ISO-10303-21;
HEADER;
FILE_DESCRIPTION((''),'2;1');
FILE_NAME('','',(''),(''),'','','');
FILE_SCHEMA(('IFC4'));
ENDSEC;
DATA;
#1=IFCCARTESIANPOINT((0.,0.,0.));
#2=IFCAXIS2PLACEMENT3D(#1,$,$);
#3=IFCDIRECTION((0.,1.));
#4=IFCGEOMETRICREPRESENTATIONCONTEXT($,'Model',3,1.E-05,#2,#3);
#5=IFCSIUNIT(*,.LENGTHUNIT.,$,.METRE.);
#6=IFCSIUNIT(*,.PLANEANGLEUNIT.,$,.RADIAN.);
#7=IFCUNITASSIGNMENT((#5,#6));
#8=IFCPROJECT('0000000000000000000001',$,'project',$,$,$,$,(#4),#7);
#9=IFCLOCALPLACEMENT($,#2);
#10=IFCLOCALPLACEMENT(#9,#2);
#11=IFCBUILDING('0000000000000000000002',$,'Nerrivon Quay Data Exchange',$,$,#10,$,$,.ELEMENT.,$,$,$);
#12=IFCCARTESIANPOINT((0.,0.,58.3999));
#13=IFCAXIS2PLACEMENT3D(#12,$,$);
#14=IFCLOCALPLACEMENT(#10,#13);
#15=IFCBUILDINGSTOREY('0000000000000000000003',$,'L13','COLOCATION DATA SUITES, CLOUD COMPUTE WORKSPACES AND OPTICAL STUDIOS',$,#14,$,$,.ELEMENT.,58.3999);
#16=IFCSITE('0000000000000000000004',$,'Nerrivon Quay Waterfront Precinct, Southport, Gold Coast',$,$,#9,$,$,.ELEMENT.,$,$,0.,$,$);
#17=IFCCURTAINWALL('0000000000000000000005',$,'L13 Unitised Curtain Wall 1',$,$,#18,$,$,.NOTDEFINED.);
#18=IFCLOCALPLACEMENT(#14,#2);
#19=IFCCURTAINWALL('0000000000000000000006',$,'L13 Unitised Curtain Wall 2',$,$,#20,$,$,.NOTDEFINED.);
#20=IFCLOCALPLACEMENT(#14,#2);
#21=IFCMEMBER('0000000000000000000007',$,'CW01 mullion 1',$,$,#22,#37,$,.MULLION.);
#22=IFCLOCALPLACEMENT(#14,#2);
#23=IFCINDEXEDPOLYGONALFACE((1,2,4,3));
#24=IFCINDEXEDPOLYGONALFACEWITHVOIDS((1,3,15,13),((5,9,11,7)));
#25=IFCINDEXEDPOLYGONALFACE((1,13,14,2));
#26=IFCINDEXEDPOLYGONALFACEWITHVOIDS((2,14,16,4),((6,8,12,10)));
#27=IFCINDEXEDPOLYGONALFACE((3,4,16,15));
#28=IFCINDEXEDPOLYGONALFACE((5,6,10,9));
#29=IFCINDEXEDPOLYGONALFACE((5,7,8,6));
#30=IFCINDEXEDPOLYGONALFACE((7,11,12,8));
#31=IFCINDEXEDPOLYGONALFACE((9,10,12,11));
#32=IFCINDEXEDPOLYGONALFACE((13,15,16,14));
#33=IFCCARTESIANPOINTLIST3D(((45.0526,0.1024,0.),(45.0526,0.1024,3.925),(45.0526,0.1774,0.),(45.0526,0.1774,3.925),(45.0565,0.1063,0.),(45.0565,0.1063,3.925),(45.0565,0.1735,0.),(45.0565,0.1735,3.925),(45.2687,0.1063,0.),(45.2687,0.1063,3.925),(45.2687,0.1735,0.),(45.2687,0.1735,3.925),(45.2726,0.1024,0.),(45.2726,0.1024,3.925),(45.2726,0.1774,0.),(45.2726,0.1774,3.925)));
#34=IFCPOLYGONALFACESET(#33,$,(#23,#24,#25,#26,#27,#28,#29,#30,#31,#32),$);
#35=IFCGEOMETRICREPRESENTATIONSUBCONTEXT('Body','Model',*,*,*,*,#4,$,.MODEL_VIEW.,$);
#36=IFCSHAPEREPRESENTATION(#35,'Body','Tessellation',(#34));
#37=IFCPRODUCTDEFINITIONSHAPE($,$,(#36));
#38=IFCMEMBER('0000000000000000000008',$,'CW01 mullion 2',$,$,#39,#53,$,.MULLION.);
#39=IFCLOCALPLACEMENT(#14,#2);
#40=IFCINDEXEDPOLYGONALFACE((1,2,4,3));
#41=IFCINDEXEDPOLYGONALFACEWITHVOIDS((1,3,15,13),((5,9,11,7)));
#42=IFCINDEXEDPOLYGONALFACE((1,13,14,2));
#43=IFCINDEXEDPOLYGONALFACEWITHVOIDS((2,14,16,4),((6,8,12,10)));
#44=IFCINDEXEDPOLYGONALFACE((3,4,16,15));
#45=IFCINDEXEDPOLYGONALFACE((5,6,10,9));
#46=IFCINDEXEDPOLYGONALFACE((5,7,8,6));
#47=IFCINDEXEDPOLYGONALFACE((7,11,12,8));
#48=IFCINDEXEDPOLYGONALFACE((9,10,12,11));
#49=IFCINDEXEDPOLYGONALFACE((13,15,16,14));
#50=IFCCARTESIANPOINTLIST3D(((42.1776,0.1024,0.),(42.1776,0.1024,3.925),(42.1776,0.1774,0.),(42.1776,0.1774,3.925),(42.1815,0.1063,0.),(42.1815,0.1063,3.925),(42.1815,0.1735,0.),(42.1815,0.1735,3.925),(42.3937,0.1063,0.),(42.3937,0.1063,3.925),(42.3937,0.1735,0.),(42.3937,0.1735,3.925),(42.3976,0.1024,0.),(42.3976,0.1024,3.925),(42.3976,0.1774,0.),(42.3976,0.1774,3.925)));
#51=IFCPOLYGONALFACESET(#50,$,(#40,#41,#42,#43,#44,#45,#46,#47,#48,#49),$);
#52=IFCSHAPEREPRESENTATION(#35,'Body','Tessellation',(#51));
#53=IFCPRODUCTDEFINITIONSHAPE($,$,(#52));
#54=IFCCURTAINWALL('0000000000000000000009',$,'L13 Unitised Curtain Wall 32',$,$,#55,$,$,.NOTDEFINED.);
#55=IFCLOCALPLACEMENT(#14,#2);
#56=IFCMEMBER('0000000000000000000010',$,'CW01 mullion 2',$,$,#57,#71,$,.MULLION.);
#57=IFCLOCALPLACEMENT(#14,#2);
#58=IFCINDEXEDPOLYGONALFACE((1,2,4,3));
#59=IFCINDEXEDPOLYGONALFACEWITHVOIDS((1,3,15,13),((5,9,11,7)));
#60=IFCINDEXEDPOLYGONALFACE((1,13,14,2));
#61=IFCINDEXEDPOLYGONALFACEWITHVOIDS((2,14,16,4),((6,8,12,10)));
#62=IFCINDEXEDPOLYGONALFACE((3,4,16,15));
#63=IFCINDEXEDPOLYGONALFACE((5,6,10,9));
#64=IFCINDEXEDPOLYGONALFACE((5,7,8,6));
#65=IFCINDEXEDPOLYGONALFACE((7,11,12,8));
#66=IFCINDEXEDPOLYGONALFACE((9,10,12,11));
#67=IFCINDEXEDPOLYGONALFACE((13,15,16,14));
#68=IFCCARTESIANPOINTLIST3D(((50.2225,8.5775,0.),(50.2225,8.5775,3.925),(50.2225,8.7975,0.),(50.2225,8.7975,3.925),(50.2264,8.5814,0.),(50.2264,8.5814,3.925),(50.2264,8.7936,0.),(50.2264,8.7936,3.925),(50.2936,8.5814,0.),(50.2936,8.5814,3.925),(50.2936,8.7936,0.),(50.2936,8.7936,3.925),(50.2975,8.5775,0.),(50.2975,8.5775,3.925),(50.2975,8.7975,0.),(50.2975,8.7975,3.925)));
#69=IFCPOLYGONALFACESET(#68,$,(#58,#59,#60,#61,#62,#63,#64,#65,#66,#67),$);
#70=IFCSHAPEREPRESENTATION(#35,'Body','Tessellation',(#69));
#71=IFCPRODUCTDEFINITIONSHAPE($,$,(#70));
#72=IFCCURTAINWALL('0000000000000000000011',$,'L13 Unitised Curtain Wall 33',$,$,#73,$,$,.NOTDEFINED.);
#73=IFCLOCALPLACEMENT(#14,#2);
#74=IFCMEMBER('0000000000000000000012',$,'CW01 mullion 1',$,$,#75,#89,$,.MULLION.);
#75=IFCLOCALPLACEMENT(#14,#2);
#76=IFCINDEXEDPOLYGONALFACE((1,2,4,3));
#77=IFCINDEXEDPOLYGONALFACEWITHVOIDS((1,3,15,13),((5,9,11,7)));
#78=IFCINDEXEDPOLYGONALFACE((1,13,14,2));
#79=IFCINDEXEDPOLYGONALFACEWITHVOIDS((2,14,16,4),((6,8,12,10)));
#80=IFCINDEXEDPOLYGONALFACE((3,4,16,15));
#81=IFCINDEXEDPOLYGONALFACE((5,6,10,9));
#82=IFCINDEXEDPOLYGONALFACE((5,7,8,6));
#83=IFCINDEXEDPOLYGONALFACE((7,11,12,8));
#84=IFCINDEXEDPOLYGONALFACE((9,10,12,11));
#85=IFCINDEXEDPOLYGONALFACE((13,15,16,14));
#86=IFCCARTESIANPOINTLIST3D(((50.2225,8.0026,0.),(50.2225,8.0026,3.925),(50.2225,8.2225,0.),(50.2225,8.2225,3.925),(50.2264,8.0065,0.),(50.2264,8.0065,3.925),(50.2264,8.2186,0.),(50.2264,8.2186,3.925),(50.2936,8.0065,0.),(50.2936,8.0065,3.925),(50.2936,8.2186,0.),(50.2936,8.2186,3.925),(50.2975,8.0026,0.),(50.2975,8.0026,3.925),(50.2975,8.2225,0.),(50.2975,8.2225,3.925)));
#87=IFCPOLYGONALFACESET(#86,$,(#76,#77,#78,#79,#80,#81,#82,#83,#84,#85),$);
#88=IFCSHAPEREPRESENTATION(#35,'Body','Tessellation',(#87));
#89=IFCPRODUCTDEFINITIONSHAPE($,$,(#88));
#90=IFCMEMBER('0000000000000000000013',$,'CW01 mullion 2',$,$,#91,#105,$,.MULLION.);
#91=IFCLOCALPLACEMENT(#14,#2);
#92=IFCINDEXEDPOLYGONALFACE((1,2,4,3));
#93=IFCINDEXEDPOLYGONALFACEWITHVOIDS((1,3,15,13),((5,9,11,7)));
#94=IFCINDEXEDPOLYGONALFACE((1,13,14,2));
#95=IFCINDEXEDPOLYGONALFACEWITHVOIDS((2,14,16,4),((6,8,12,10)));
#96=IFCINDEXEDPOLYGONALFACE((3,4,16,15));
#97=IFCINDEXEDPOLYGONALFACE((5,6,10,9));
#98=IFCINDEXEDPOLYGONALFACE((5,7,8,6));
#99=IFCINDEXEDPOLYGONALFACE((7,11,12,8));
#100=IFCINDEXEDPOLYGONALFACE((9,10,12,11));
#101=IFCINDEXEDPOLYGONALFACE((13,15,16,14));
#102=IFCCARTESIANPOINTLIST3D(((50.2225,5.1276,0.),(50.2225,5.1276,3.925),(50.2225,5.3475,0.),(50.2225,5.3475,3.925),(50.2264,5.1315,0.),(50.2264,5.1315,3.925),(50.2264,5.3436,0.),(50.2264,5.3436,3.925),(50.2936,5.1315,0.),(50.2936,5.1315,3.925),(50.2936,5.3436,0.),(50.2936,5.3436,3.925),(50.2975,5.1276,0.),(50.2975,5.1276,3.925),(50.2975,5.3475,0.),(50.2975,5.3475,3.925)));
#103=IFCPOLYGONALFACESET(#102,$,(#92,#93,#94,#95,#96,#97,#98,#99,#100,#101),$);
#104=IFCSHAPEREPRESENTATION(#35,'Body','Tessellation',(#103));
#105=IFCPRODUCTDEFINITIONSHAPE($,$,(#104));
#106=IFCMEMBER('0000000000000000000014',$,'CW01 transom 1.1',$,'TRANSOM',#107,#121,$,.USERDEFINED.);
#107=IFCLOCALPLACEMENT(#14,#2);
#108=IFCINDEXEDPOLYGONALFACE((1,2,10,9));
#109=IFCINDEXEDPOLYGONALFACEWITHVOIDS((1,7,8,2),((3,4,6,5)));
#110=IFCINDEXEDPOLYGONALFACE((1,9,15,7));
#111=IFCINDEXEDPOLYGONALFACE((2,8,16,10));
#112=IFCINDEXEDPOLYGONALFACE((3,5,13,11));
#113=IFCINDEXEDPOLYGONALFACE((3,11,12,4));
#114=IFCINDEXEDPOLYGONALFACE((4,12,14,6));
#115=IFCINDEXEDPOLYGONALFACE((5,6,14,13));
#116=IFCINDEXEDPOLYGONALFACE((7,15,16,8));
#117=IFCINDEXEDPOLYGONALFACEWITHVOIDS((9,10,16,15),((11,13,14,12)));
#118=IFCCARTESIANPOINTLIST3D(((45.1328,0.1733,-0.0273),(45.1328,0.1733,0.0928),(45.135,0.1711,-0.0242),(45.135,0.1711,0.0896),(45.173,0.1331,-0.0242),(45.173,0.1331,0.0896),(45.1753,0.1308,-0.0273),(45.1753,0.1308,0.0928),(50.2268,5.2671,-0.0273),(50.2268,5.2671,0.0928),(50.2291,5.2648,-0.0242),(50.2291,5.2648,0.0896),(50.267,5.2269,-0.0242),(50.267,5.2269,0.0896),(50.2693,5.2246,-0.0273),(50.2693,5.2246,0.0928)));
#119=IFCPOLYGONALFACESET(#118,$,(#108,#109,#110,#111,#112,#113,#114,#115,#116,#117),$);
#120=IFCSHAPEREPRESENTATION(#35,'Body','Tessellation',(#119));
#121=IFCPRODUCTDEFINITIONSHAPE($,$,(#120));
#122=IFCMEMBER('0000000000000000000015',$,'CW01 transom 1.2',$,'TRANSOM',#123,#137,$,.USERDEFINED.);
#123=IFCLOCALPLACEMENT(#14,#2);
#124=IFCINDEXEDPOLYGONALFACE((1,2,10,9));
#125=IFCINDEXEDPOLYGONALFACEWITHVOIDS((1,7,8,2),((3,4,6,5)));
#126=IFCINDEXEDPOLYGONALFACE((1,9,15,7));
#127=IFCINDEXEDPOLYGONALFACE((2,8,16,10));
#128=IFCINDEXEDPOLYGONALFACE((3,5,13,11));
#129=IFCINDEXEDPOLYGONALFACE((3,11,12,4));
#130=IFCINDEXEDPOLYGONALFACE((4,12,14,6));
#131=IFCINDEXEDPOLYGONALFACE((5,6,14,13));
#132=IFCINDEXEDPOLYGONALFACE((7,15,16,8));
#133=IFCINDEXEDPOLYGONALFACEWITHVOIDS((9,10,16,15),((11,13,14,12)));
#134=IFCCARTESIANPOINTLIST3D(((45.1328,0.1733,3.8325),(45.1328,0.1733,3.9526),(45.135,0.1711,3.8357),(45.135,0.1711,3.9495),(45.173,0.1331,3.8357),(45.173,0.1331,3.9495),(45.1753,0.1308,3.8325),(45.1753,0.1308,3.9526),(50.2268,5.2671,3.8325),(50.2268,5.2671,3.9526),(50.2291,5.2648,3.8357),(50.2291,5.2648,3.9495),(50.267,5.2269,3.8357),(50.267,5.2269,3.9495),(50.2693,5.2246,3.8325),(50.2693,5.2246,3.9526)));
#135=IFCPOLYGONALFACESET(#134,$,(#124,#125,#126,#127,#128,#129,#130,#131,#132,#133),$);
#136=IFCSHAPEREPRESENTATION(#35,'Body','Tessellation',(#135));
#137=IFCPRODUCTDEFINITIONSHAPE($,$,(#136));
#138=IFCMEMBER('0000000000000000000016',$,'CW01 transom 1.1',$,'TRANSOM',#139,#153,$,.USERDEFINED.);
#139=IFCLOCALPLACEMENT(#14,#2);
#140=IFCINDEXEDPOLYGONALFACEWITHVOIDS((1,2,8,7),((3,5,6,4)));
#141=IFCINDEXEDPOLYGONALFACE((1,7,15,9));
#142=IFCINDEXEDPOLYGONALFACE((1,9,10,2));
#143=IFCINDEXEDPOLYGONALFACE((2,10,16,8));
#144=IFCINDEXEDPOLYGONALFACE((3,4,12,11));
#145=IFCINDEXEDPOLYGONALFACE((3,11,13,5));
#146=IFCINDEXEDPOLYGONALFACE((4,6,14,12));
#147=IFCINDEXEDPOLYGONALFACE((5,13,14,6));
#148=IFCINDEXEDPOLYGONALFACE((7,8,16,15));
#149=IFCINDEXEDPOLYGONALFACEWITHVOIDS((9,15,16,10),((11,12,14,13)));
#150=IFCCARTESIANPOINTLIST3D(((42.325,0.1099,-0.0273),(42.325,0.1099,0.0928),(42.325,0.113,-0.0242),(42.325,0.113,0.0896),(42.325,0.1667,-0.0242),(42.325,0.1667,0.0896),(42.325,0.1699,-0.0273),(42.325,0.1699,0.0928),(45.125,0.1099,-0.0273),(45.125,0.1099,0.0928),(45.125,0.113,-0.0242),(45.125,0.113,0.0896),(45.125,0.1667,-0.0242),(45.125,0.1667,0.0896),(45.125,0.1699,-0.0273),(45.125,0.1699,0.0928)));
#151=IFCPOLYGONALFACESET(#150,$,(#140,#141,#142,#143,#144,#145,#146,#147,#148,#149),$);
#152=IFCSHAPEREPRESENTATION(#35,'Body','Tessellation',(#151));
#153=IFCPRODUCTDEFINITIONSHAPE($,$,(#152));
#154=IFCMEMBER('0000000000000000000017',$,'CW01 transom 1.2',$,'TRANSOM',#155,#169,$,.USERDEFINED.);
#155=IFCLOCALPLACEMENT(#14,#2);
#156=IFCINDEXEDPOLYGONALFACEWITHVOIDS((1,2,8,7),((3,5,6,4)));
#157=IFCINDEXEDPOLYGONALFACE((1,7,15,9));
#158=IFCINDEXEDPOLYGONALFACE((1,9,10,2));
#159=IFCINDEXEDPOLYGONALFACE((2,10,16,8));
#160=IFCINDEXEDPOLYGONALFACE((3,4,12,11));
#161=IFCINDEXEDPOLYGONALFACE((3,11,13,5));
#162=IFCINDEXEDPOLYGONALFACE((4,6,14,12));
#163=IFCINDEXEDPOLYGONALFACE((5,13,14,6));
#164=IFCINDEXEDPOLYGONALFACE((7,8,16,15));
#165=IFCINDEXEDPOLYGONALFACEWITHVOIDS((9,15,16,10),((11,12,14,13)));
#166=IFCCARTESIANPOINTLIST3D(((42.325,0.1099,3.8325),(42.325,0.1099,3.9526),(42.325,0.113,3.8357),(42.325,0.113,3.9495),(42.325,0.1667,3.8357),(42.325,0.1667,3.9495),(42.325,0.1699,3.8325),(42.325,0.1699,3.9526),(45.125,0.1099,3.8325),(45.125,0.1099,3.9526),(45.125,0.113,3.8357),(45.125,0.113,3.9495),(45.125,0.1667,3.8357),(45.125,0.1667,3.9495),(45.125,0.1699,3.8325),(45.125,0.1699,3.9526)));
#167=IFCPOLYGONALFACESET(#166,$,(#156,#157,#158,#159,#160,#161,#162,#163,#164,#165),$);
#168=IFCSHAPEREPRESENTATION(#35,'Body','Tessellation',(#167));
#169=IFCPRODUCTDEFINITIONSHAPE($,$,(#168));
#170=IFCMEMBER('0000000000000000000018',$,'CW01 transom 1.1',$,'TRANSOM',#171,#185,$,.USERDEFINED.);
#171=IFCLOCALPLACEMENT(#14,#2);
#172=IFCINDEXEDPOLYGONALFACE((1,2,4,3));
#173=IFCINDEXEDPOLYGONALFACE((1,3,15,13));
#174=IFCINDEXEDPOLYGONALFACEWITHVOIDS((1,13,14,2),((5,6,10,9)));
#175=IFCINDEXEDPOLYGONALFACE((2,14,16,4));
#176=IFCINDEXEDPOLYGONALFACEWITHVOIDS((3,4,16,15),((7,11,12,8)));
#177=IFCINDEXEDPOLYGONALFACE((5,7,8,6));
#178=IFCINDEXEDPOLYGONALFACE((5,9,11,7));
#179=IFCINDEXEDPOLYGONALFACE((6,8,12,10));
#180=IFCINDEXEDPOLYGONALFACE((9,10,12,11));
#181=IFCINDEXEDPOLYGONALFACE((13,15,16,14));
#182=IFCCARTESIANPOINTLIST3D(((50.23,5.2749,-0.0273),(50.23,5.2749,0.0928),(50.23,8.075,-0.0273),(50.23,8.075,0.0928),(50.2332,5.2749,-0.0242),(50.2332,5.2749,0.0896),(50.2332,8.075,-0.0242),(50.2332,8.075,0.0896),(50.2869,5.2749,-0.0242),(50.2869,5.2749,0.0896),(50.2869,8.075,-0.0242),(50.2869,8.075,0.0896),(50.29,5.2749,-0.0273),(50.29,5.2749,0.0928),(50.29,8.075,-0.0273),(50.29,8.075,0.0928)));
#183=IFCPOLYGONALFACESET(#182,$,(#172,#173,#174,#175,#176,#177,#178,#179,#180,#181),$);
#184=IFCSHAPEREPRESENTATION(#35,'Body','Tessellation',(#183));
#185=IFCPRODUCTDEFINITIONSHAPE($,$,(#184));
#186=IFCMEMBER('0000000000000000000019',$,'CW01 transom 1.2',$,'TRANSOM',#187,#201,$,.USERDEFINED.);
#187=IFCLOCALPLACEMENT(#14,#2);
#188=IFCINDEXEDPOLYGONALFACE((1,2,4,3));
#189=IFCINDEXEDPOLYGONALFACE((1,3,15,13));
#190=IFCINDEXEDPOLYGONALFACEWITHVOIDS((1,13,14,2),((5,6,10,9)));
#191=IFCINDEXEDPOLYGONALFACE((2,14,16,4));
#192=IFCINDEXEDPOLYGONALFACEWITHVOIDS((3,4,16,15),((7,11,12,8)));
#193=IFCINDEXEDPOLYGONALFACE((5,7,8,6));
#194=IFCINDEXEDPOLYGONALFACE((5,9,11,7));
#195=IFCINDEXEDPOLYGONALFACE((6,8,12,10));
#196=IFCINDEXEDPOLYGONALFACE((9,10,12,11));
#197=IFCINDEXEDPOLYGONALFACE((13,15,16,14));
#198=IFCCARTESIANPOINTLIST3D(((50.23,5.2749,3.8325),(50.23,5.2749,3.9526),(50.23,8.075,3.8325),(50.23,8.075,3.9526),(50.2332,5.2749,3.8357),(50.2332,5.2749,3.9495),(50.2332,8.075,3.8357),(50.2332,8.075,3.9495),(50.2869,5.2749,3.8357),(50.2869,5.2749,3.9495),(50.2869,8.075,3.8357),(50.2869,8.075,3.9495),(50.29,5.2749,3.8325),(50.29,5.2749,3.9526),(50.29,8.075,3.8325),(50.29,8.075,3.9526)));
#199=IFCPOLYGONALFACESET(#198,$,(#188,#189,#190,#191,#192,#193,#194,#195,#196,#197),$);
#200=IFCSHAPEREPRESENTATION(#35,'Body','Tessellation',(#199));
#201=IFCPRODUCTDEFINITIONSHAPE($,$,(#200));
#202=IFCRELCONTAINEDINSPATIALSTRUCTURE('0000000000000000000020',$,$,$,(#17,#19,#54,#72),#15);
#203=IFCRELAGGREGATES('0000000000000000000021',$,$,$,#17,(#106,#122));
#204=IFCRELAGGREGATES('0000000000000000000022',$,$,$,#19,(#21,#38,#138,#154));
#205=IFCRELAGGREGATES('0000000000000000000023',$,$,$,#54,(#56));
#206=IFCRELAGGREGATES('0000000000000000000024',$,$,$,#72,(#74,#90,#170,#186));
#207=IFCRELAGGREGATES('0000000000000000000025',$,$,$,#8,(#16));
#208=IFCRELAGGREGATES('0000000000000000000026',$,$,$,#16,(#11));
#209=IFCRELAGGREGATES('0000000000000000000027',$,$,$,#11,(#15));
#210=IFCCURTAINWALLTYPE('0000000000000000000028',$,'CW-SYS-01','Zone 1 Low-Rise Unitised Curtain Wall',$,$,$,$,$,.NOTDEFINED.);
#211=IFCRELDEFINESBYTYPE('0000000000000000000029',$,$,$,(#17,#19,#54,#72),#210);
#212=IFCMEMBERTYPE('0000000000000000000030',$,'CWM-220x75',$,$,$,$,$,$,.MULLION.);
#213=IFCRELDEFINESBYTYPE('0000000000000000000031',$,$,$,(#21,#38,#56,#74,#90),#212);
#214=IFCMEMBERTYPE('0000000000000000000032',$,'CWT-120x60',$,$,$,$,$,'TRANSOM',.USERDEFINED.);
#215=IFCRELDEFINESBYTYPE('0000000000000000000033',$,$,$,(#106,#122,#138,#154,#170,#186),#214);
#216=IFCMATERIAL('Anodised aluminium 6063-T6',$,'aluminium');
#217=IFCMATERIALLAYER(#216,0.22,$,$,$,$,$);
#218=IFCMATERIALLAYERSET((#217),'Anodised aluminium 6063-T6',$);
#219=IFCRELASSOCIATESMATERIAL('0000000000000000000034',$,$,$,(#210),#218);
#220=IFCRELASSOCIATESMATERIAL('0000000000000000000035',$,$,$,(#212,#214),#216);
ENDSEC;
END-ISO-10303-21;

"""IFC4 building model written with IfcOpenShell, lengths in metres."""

from ifc_helpers import new_model, si_unit, direction, frame, origin, origin_2d, place, context, subcontext, project, spatial, hollow_rectangle, extrude, material, layer, layer_set, material_profile, profile_set, type_object, element, aggregate, save


model = new_model("IFC4")

# Units and contexts
model_context = context("Model", 3, precision=1e-05, world=origin(), true_north=direction((0.0, 1.0)))
body_context = subcontext(model_context, "Body", "Model", "MODEL_VIEW")
ifc_project = project(units=[si_unit("LENGTHUNIT", "METRE"), si_unit("PLANEANGLEUNIT", "RADIAN")], contexts=[model_context])

# Site, building, storey
site_placement = place(None, origin())
site = spatial("IfcSite", under=ifc_project, at=site_placement, Name="Nerrivon Quay Waterfront Precinct, Southport, Gold Coast", CompositionType="ELEMENT", RefElevation=0.0)
building_placement = place(site_placement, origin())
building = spatial("IfcBuilding", under=site, at=building_placement, Name="Nerrivon Quay Data Exchange", CompositionType="ELEMENT")
storey_placement = place(building_placement, frame((0.0, 0.0, 58.3999)))
storey = spatial("IfcBuildingStorey", under=building, at=storey_placement, Name="L13", Description="COLOCATION DATA SUITES, CLOUD COMPUTE WORKSPACES AND OPTICAL STUDIOS", CompositionType="ELEMENT", Elevation=58.3999)

# Curtain walls, members
ifc_material_1 = material(Name="Anodised aluminium 6063-T6", Category="aluminium")
ifc_layer_1 = layer(ifc_material_1, 0.22)
ifc_layer_set_1 = layer_set([ifc_layer_1], Name="Anodised aluminium 6063-T6")
curtain_wall_type = type_object("IfcCurtainWallType", Name="CW-SYS-01", Description="Zone 1 Low-Rise Unitised Curtain Wall", PredefinedType="NOTDEFINED", material=ifc_layer_set_1)
curtain_wall_1_placement = place(storey_placement, origin())
curtain_wall_1 = element("IfcCurtainWall", 1, at=curtain_wall_1_placement, inside=storey, type_object=curtain_wall_type, Name="L13 Unitised Curtain Wall 1", PredefinedType="NOTDEFINED")
ifc_material_profile_1 = material_profile(ifc_material_1, hollow_rectangle(XDim=0.075, YDim=0.22, WallThickness=0.0039, at=origin_2d()), Name="ALU-MULL-220x75")
ifc_profile_set_1 = profile_set([ifc_material_profile_1], Name="Anodised aluminium 6063-T6")
member_type_1 = type_object("IfcMemberType", Name="CWM-220x75", PredefinedType="MULLION", material=ifc_profile_set_1)
curtain_wall_2_placement = place(storey_placement, origin())
curtain_wall_2 = element("IfcCurtainWall", 2, at=curtain_wall_2_placement, inside=storey, type_object=curtain_wall_type, Name="L13 Unitised Curtain Wall 2", PredefinedType="NOTDEFINED")
member_1_placement = place(storey_placement, frame((45.1626, 0.1399, 0.0), z_axis=(0.0, 0.0, 1.0), x_axis=(0.0, -1.0, 0.0)))
member_1 = element("IfcMember", 3, at=member_1_placement, type_object=member_type_1, Name="CW01 mullion 1", PredefinedType="MULLION", context=body_context, shape_type="SweptSolid", body=[
    extrude(hollow_rectangle(XDim=0.075, YDim=0.22, WallThickness=0.0039, at=origin_2d()), origin(), (0.0, 0.0, 1.0), 3.925),
])
member_2_placement = place(storey_placement, frame((42.2876, 0.1399, 0.0), z_axis=(0.0, 0.0, 1.0), x_axis=(0.0, -1.0, 0.0)))
member_2 = element("IfcMember", 4, at=member_2_placement, type_object=member_type_1, Name="CW01 mullion 2", PredefinedType="MULLION", context=body_context, shape_type="SweptSolid", body=[
    extrude(hollow_rectangle(XDim=0.075, YDim=0.22, WallThickness=0.0039, at=origin_2d()), origin(), (0.0, 0.0, 1.0), 3.925),
])

# Curtain wall, member
curtain_wall_3_placement = place(storey_placement, origin())
curtain_wall_3 = element("IfcCurtainWall", 5, at=curtain_wall_3_placement, inside=storey, type_object=curtain_wall_type, Name="L13 Unitised Curtain Wall 32", PredefinedType="NOTDEFINED")
member_3_placement = place(storey_placement, frame((50.26, 8.6875, 0.0), z_axis=(0.0, 0.0, 1.0), x_axis=(1.0, 0.0, 0.0)))
member_3 = element("IfcMember", 6, at=member_3_placement, type_object=member_type_1, Name="CW01 mullion 2", PredefinedType="MULLION", context=body_context, shape_type="SweptSolid", body=[
    extrude(hollow_rectangle(XDim=0.075, YDim=0.22, WallThickness=0.0039, at=origin_2d()), origin(), (0.0, 0.0, 1.0), 3.925),
])

# Curtain wall, members
curtain_wall_4_placement = place(storey_placement, origin())
curtain_wall_4 = element("IfcCurtainWall", 7, at=curtain_wall_4_placement, inside=storey, type_object=curtain_wall_type, Name="L13 Unitised Curtain Wall 33", PredefinedType="NOTDEFINED")
member_4_placement = place(storey_placement, frame((50.26, 8.1125, 0.0), z_axis=(0.0, 0.0, 1.0), x_axis=(1.0, 0.0, 0.0)))
member_4 = element("IfcMember", 8, at=member_4_placement, type_object=member_type_1, Name="CW01 mullion 1", PredefinedType="MULLION", context=body_context, shape_type="SweptSolid", body=[
    extrude(hollow_rectangle(XDim=0.075, YDim=0.22, WallThickness=0.0039, at=origin_2d()), origin(), (0.0, 0.0, 1.0), 3.925),
])
member_5_placement = place(storey_placement, frame((50.26, 5.2375, 0.0), z_axis=(0.0, 0.0, 1.0), x_axis=(1.0, 0.0, 0.0)))
member_5 = element("IfcMember", 9, at=member_5_placement, type_object=member_type_1, Name="CW01 mullion 2", PredefinedType="MULLION", context=body_context, shape_type="SweptSolid", body=[
    extrude(hollow_rectangle(XDim=0.075, YDim=0.22, WallThickness=0.0039, at=origin_2d()), origin(), (0.0, 0.0, 1.0), 3.925),
])

# Members
ifc_material_profile_2 = material_profile(ifc_material_1, hollow_rectangle(XDim=0.0601, YDim=0.1201, WallThickness=0.0032, at=origin_2d()), Name="ALU-TRAN-120x60")
ifc_profile_set_2 = profile_set([ifc_material_profile_2], Name="Anodised aluminium 6063-T6")
member_type_2 = type_object("IfcMemberType", Name="CWT-120x60", ElementType="TRANSOM", PredefinedType="USERDEFINED", material=ifc_profile_set_2)
member_6_placement = place(storey_placement, frame((50.248, 5.2458, 0.0327), z_axis=(-0.707124, -0.70709, 0.0), x_axis=(0.70709, -0.707124, 0.0)))
member_6 = element("IfcMember", 10, at=member_6_placement, type_object=member_type_2, Name="CW01 transom 1.1", ObjectType="TRANSOM", PredefinedType="USERDEFINED", context=body_context, shape_type="SweptSolid", body=[
    extrude(hollow_rectangle(XDim=0.0601, YDim=0.1201, WallThickness=0.0032, at=origin_2d()), origin(), (0.0, 0.0, 1.0), 7.2039),
])
member_7_placement = place(storey_placement, frame((50.248, 5.2458, 3.8926), z_axis=(-0.707124, -0.70709, 0.0), x_axis=(0.70709, -0.707124, 0.0)))
member_7 = element("IfcMember", 11, at=member_7_placement, type_object=member_type_2, Name="CW01 transom 1.2", ObjectType="TRANSOM", PredefinedType="USERDEFINED", context=body_context, shape_type="SweptSolid", body=[
    extrude(hollow_rectangle(XDim=0.0601, YDim=0.1201, WallThickness=0.0032, at=origin_2d()), origin(), (0.0, 0.0, 1.0), 7.2039),
])
member_8_placement = place(storey_placement, frame((45.125, 0.1399, 0.0327), z_axis=(-1.0, 0.0, 0.0), x_axis=(0.0, -1.0, 0.0)))
member_8 = element("IfcMember", 12, at=member_8_placement, type_object=member_type_2, Name="CW01 transom 1.1", ObjectType="TRANSOM", PredefinedType="USERDEFINED", context=body_context, shape_type="SweptSolid", body=[
    extrude(hollow_rectangle(XDim=0.0601, YDim=0.1201, WallThickness=0.0032, at=origin_2d()), origin(), (0.0, 0.0, 1.0), 2.8),
])
member_9_placement = place(storey_placement, frame((45.125, 0.1399, 3.8926), z_axis=(-1.0, 0.0, 0.0), x_axis=(0.0, -1.0, 0.0)))
member_9 = element("IfcMember", 13, at=member_9_placement, type_object=member_type_2, Name="CW01 transom 1.2", ObjectType="TRANSOM", PredefinedType="USERDEFINED", context=body_context, shape_type="SweptSolid", body=[
    extrude(hollow_rectangle(XDim=0.0601, YDim=0.1201, WallThickness=0.0032, at=origin_2d()), origin(), (0.0, 0.0, 1.0), 2.8),
])
member_10_placement = place(storey_placement, frame((50.26, 8.075, 0.0327), z_axis=(0.0, -1.0, 0.0), x_axis=(1.0, 0.0, 0.0)))
member_10 = element("IfcMember", 14, at=member_10_placement, type_object=member_type_2, Name="CW01 transom 1.1", ObjectType="TRANSOM", PredefinedType="USERDEFINED", context=body_context, shape_type="SweptSolid", body=[
    extrude(hollow_rectangle(XDim=0.0601, YDim=0.1201, WallThickness=0.0032, at=origin_2d()), origin(), (0.0, 0.0, 1.0), 2.8),
])
member_11_placement = place(storey_placement, frame((50.26, 8.075, 3.8926), z_axis=(0.0, -1.0, 0.0), x_axis=(1.0, 0.0, 0.0)))
member_11 = element("IfcMember", 15, at=member_11_placement, type_object=member_type_2, Name="CW01 transom 1.2", ObjectType="TRANSOM", PredefinedType="USERDEFINED", context=body_context, shape_type="SweptSolid", body=[
    extrude(hollow_rectangle(XDim=0.0601, YDim=0.1201, WallThickness=0.0032, at=origin_2d()), origin(), (0.0, 0.0, 1.0), 2.8),
])

aggregate(curtain_wall_1, [member_6, member_7])
aggregate(curtain_wall_2, [member_1, member_2, member_8, member_9])
aggregate(curtain_wall_3, [member_3])
aggregate(curtain_wall_4, [member_4, member_5, member_10, member_11])

save(model, "model.ifc")
